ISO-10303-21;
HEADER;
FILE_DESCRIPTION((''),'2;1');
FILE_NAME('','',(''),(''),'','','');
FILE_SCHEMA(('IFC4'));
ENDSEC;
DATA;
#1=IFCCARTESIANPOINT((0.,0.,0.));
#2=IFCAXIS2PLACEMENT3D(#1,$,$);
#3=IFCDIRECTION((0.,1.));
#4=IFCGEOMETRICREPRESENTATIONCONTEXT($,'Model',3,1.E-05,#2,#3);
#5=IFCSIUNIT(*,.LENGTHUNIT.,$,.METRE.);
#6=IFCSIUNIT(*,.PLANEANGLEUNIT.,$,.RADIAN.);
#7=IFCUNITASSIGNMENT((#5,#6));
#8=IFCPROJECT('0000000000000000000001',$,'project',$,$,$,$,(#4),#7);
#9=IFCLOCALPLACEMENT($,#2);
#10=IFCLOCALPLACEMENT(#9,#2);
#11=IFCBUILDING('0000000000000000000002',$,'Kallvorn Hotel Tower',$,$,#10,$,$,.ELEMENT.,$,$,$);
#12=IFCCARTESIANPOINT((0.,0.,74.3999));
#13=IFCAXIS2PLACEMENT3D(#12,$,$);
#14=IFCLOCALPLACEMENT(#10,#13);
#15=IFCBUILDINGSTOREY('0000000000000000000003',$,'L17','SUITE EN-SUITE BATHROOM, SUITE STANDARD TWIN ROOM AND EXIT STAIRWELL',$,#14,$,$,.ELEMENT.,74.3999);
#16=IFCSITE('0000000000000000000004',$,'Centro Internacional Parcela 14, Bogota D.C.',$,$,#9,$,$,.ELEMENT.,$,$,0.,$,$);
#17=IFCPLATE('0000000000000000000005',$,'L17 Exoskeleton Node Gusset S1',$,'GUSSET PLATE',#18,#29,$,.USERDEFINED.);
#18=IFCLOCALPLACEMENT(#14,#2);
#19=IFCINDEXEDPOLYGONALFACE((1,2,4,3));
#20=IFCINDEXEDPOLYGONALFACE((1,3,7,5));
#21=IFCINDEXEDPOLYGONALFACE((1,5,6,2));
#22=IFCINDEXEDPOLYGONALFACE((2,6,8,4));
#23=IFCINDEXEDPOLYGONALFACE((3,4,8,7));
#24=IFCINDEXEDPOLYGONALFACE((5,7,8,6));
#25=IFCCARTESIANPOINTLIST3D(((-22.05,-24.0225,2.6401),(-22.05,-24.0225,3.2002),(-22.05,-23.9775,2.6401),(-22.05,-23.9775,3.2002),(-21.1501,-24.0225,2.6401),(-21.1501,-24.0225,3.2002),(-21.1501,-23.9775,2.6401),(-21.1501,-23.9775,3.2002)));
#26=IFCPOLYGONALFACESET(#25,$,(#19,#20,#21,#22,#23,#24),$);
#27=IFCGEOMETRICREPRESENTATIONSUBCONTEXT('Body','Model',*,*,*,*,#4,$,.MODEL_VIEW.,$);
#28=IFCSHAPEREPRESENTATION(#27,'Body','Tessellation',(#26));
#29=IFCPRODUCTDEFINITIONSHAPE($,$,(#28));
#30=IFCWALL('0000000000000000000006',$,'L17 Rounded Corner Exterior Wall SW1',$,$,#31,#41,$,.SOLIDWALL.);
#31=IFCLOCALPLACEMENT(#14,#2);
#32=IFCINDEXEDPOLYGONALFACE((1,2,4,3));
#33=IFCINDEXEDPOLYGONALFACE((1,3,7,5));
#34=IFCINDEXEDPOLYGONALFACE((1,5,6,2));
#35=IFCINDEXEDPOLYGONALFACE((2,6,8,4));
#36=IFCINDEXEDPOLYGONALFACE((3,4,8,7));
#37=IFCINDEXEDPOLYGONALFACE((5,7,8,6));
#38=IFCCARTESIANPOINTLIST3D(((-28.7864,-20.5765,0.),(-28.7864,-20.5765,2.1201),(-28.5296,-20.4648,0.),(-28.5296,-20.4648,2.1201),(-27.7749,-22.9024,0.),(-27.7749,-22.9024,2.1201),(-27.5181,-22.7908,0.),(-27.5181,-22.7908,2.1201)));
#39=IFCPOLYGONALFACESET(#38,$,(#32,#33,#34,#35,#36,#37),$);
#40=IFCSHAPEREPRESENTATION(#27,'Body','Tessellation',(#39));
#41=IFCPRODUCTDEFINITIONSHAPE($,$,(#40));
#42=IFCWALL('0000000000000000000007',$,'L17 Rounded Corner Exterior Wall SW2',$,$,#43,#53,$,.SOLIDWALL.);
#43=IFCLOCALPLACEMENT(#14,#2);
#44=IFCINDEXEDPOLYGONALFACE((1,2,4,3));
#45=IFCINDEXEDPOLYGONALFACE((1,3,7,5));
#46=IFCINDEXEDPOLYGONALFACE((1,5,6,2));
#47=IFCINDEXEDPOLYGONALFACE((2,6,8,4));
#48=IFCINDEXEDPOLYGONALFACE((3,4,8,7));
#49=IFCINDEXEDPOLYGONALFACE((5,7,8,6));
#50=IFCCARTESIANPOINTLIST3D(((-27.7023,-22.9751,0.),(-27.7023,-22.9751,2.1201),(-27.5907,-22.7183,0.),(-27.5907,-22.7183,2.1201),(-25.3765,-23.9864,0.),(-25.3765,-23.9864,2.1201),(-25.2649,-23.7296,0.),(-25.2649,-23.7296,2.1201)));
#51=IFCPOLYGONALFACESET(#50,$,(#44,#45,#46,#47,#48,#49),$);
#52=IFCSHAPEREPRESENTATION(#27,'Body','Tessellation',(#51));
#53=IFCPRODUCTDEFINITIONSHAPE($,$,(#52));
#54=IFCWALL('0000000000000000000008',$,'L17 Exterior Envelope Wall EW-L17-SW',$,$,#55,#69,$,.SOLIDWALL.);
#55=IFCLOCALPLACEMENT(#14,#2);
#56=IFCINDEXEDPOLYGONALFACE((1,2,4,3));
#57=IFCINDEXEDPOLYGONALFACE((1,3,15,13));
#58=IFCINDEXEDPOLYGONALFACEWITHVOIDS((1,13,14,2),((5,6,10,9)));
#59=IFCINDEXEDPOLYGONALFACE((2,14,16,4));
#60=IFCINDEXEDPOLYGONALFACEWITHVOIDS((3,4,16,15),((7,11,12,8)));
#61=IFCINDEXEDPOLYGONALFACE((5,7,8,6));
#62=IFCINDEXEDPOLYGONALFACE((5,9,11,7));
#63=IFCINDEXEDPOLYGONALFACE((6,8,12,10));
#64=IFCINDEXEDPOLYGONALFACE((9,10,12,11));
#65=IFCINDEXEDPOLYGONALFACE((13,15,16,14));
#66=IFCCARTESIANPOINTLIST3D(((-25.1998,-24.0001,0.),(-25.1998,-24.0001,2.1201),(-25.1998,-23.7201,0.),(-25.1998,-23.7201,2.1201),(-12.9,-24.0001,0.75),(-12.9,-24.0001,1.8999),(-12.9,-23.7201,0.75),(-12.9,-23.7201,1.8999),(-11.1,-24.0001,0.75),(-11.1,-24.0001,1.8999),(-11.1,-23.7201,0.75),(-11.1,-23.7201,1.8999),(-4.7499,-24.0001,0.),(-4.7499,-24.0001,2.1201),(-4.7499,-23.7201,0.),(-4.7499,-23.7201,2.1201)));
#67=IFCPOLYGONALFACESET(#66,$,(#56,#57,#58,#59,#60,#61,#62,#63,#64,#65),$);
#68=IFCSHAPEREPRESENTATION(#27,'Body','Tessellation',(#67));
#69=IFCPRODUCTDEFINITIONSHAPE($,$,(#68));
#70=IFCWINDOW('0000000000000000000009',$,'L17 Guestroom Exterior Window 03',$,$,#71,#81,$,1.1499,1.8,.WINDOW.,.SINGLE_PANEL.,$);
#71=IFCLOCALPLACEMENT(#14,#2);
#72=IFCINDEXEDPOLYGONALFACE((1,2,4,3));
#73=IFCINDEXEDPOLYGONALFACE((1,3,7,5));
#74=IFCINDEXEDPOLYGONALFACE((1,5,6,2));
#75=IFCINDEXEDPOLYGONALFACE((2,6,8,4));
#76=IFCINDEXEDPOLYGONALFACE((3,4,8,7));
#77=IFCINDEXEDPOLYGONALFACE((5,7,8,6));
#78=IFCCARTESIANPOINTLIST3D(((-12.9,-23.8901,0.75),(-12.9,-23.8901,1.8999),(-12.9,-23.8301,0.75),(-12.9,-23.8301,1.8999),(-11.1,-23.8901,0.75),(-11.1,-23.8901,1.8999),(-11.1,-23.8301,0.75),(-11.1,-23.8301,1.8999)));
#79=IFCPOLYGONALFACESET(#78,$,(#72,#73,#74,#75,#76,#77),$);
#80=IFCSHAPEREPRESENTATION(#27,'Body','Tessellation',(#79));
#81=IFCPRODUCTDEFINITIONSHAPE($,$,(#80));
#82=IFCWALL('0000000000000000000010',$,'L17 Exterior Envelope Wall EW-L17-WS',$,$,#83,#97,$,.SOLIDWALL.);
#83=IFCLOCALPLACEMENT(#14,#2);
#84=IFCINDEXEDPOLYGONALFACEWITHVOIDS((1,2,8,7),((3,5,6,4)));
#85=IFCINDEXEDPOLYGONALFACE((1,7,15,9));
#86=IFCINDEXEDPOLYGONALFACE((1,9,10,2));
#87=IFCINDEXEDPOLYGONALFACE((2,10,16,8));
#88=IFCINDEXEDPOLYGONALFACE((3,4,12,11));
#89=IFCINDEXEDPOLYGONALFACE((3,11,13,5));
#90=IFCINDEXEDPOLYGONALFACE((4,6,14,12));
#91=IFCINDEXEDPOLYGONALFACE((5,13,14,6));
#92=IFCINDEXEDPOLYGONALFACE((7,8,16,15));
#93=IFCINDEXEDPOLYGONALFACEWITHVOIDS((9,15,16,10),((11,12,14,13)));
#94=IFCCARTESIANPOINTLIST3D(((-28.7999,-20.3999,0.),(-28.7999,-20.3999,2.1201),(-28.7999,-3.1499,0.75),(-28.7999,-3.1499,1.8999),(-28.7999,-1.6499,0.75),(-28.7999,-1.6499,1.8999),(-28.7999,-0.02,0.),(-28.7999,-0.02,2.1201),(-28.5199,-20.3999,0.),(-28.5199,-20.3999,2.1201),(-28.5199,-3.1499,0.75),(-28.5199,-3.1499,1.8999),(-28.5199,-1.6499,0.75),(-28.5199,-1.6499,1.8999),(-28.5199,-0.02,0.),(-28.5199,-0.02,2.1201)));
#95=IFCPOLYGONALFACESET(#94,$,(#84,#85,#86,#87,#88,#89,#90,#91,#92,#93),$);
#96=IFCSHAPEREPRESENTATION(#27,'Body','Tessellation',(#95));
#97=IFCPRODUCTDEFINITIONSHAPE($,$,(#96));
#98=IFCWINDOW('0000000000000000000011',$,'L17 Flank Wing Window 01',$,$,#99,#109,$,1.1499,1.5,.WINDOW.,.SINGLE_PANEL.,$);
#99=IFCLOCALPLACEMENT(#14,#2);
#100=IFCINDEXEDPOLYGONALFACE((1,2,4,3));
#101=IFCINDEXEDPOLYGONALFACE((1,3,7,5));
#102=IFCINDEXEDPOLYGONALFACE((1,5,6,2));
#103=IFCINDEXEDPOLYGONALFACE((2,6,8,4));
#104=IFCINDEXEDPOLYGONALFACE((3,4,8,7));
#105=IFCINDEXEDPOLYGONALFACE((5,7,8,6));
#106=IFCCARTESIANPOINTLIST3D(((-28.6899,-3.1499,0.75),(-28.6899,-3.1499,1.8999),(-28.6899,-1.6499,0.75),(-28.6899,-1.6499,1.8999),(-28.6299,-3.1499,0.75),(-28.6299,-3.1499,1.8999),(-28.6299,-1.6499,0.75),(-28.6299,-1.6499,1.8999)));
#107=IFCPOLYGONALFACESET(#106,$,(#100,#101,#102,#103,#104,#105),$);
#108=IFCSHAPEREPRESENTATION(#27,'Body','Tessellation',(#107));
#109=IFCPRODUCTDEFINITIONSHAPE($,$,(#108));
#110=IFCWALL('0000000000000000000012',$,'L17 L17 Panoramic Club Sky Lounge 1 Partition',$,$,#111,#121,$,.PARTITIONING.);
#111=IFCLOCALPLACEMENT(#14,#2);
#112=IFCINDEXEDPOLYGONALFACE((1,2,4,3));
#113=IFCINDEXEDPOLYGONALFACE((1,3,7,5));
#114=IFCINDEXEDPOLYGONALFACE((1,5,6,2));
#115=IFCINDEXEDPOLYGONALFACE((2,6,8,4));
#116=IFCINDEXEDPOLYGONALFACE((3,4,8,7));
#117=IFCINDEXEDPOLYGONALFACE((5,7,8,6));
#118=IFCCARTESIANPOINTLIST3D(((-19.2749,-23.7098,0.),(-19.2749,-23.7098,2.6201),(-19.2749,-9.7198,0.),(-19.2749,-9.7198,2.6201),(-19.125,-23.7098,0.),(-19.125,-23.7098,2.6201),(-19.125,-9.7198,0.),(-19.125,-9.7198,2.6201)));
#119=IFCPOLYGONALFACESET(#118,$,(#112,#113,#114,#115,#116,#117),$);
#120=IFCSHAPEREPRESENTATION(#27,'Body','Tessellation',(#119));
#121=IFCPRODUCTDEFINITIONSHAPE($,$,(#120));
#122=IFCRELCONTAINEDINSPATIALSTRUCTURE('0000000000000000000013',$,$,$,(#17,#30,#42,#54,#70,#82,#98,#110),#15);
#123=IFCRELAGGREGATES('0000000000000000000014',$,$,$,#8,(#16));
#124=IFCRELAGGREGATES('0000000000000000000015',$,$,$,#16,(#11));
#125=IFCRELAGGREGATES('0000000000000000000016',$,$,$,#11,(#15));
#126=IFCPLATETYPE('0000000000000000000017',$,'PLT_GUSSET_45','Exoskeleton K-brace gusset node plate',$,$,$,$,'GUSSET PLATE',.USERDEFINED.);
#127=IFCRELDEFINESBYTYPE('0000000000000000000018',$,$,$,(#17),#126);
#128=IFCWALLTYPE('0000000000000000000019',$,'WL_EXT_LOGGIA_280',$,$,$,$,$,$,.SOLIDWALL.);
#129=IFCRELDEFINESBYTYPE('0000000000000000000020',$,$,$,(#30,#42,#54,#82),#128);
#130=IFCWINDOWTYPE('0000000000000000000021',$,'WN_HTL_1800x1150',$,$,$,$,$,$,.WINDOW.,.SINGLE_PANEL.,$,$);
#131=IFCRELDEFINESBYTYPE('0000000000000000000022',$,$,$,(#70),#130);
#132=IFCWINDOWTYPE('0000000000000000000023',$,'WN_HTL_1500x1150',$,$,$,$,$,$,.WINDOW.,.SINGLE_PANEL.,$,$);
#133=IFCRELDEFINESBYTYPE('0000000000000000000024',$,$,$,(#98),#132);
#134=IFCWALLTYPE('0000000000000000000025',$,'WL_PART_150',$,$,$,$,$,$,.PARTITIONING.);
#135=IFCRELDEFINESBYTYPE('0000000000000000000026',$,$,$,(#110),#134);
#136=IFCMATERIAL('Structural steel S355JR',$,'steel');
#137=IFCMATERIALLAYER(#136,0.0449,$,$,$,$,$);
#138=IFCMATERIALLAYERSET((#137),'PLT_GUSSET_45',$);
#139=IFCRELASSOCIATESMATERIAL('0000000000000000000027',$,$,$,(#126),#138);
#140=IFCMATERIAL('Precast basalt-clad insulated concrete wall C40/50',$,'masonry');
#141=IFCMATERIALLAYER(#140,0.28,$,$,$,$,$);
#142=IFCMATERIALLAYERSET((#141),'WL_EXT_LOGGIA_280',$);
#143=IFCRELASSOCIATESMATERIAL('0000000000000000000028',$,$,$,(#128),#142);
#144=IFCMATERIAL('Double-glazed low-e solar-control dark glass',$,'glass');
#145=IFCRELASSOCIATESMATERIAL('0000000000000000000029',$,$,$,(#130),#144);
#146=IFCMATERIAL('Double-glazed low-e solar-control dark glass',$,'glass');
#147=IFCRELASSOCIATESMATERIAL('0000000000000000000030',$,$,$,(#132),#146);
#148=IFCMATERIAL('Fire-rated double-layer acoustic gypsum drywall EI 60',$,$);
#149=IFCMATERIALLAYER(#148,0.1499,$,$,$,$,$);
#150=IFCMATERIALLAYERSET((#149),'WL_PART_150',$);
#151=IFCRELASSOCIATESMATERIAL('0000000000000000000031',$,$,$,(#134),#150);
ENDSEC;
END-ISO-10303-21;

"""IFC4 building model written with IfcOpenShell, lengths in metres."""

from ifc_helpers import new_model, si_unit, direction, frame, frame_2d, origin, origin_2d, place, context, subcontext, project, spatial, rectangle, extrude, material, layer, layer_set, type_object, element, fill, save


model = new_model("IFC4")

# Units and contexts
model_context = context("Model", 3, precision=1e-05, world=origin(), true_north=direction((0.0, 1.0)))
body_context = subcontext(model_context, "Body", "Model", "MODEL_VIEW")
ifc_project = project(units=[si_unit("LENGTHUNIT", "METRE"), si_unit("PLANEANGLEUNIT", "RADIAN")], contexts=[model_context])

# Site, building, storey
site_placement = place(None, origin())
site = spatial("IfcSite", under=ifc_project, at=site_placement, Name="Centro Internacional Parcela 14, Bogota D.C.", CompositionType="ELEMENT", RefElevation=0.0)
building_placement = place(site_placement, origin())
building = spatial("IfcBuilding", under=site, at=building_placement, Name="Kallvorn Hotel Tower", CompositionType="ELEMENT")
storey_placement = place(building_placement, frame((0.0, 0.0, 74.3999)))
storey = spatial("IfcBuildingStorey", under=building, at=storey_placement, Name="L17", Description="SUITE EN-SUITE BATHROOM, SUITE STANDARD TWIN ROOM AND EXIT STAIRWELL", CompositionType="ELEMENT", Elevation=74.3999)

# Plate
ifc_material_1 = material(Name="Structural steel S355JR", Category="steel")
ifc_layer_1 = layer(ifc_material_1, 0.0449)
ifc_layer_set_1 = layer_set([ifc_layer_1], Name="PLT_GUSSET_45")
plate_type_1 = type_object("IfcPlateType", Name="PLT_GUSSET_45", Description="Exoskeleton K-brace gusset node plate", ElementType="GUSSET PLATE", PredefinedType="USERDEFINED", material=ifc_layer_set_1)
plate_placement = place(storey_placement, frame((-21.6001, -24.0, 2.6401), z_axis=(0.0, 0.0, 1.0), x_axis=(1.0, 0.0, 0.0)))
element("IfcPlate", 1, at=plate_placement, inside=storey, type_object=plate_type_1, Name="L17 Exoskeleton Node Gusset S1", ObjectType="GUSSET PLATE", PredefinedType="USERDEFINED", context=body_context, shape_type="SweptSolid", body=[
    extrude(rectangle(XDim=0.8999, YDim=0.0449, at=origin_2d()), origin(), (0.0, 0.0, 1.0), 0.5601),
])

# Walls
ifc_material_2 = material(Name="Precast basalt-clad insulated concrete wall C40/50", Category="masonry")
ifc_layer_2 = layer(ifc_material_2, 0.28)
ifc_layer_set_2 = layer_set([ifc_layer_2], Name="WL_EXT_LOGGIA_280")
wall_type_1 = type_object("IfcWallType", Name="WL_EXT_LOGGIA_280", PredefinedType="SOLIDWALL", material=ifc_layer_set_2)
wall_1_placement = place(storey_placement, frame((-28.658, -20.5208, 0.0), z_axis=(0.0, 0.0, 1.0), x_axis=(0.398793, -0.917041, 0.0)))
element("IfcWall", 2, at=wall_1_placement, inside=storey, type_object=wall_type_1, Name="L17 Rounded Corner Exterior Wall SW1", PredefinedType="SOLIDWALL", context=body_context, shape_type="SweptSolid", body=[
    extrude(rectangle(XDim=2.5364, YDim=0.28, at=frame_2d((1.2681, 0.0))), origin(), (0.0, 0.0, 1.0), 2.1201),
])
wall_2_placement = place(storey_placement, frame((-27.6465, -22.8467, 0.0), z_axis=(0.0, 0.0, 1.0), x_axis=(0.917061, -0.398747, 0.0)))
element("IfcWall", 3, at=wall_2_placement, inside=storey, type_object=wall_type_1, Name="L17 Rounded Corner Exterior Wall SW2", PredefinedType="SOLIDWALL", context=body_context, shape_type="SweptSolid", body=[
    extrude(rectangle(XDim=2.5361, YDim=0.28, at=frame_2d((1.2681, 0.0))), origin(), (0.0, 0.0, 1.0), 2.1201),
])

# Walls, openings, windows
wall_3_placement = place(storey_placement, frame((-25.2, -23.8601, 0.0), z_axis=(0.0, 0.0, 1.0), x_axis=(1.0, 0.0, 0.0)))
wall_3 = element("IfcWall", 4, at=wall_3_placement, inside=storey, type_object=wall_type_1, Name="L17 Exterior Envelope Wall EW-L17-SW", PredefinedType="SOLIDWALL", context=body_context, shape_type="SweptSolid", body=[
    extrude(rectangle(XDim=20.45, YDim=0.28, at=frame_2d((10.2251, 0.0))), origin(), (0.0, 0.0, 1.0), 2.1201),
])
opening_1_placement = place(wall_3_placement, frame((12.3, 0.0, 0.75)))
opening_1 = element("IfcOpeningElement", 5, at=opening_1_placement, cuts=wall_3, PredefinedType="OPENING", context=body_context, shape_type="SweptSolid", body=[
    extrude(rectangle(XDim=1.8, YDim=1.1499, at=frame_2d((0.8999, 0.575))), frame((0.0, 0.155, 0.0), z_axis=(0.0, -1.0, 0.0), x_axis=(1.0, 0.0, 0.0)), (0.0, 0.0, 1.0), 0.3101),
])
ifc_material_3 = material(Name="Double-glazed low-e solar-control dark glass", Category="glass")
window_type_1 = type_object("IfcWindowType", Name="WN_HTL_1800x1150", PartitioningType="SINGLE_PANEL", PredefinedType="WINDOW", material=ifc_material_3)
window_1_placement = place(opening_1_placement, origin())
window_1 = element("IfcWindow", 6, at=window_1_placement, inside=storey, type_object=window_type_1, Name="L17 Guestroom Exterior Window 03", OverallHeight=1.1499, OverallWidth=1.8, PartitioningType="SINGLE_PANEL", PredefinedType="WINDOW", context=body_context, shape_type="SweptSolid", body=[
    extrude(rectangle(XDim=1.8, YDim=1.1499, at=frame_2d((0.8999, 0.575))), frame((0.0, 0.03, 0.0), z_axis=(0.0, -1.0, 0.0), x_axis=(1.0, 0.0, 0.0)), (0.0, 0.0, 1.0), 0.0601),
])
fill(opening_1, window_1)
wall_4_placement = place(storey_placement, frame((-28.6599, -20.3999, 0.0), z_axis=(0.0, 0.0, 1.0), x_axis=(0.0, 1.0, 0.0)))
wall_4 = element("IfcWall", 7, at=wall_4_placement, inside=storey, type_object=wall_type_1, Name="L17 Exterior Envelope Wall EW-L17-WS", PredefinedType="SOLIDWALL", context=body_context, shape_type="SweptSolid", body=[
    extrude(rectangle(XDim=20.3799, YDim=0.28, at=frame_2d((10.1899, 0.0))), origin(), (0.0, 0.0, 1.0), 2.1201),
])
opening_2_placement = place(wall_4_placement, frame((17.25, 0.0, 0.75)))
opening_2 = element("IfcOpeningElement", 8, at=opening_2_placement, cuts=wall_4, PredefinedType="OPENING", context=body_context, shape_type="SweptSolid", body=[
    extrude(rectangle(XDim=1.5, YDim=1.1499, at=frame_2d((0.75, 0.575))), frame((0.0, 0.155, 0.0), z_axis=(0.0, -1.0, 0.0), x_axis=(1.0, 0.0, 0.0)), (0.0, 0.0, 1.0), 0.3101),
])
ifc_material_4 = material(Name="Double-glazed low-e solar-control dark glass", Category="glass")
window_type_2 = type_object("IfcWindowType", Name="WN_HTL_1500x1150", PartitioningType="SINGLE_PANEL", PredefinedType="WINDOW", material=ifc_material_4)
window_2_placement = place(opening_2_placement, origin())
window_2 = element("IfcWindow", 9, at=window_2_placement, inside=storey, type_object=window_type_2, Name="L17 Flank Wing Window 01", OverallHeight=1.1499, OverallWidth=1.5, PartitioningType="SINGLE_PANEL", PredefinedType="WINDOW", context=body_context, shape_type="SweptSolid", body=[
    extrude(rectangle(XDim=1.5, YDim=1.1499, at=frame_2d((0.75, 0.575))), frame((0.0, 0.03, 0.0), z_axis=(0.0, -1.0, 0.0), x_axis=(1.0, 0.0, 0.0)), (0.0, 0.0, 1.0), 0.0601),
])
fill(opening_2, window_2)

# Wall
ifc_material_5 = material(Name="Fire-rated double-layer acoustic gypsum drywall EI 60")
ifc_layer_3 = layer(ifc_material_5, 0.1499)
ifc_layer_set_3 = layer_set([ifc_layer_3], Name="WL_PART_150")
wall_type_2 = type_object("IfcWallType", Name="WL_PART_150", PredefinedType="PARTITIONING", material=ifc_layer_set_3)
wall_5_placement = place(storey_placement, frame((-19.2, -23.71, 0.0), z_axis=(0.0, 0.0, 1.0), x_axis=(0.0, 1.0, 0.0)))
element("IfcWall", 10, at=wall_5_placement, inside=storey, type_object=wall_type_2, Name="L17 L17 Panoramic Club Sky Lounge 1 Partition", PredefinedType="PARTITIONING", context=body_context, shape_type="SweptSolid", body=[
    extrude(rectangle(XDim=13.99, YDim=0.1499, at=frame_2d((6.9951, 0.0))), origin(), (0.0, 0.0, 1.0), 2.6201),
])

save(model, "model.ifc")
